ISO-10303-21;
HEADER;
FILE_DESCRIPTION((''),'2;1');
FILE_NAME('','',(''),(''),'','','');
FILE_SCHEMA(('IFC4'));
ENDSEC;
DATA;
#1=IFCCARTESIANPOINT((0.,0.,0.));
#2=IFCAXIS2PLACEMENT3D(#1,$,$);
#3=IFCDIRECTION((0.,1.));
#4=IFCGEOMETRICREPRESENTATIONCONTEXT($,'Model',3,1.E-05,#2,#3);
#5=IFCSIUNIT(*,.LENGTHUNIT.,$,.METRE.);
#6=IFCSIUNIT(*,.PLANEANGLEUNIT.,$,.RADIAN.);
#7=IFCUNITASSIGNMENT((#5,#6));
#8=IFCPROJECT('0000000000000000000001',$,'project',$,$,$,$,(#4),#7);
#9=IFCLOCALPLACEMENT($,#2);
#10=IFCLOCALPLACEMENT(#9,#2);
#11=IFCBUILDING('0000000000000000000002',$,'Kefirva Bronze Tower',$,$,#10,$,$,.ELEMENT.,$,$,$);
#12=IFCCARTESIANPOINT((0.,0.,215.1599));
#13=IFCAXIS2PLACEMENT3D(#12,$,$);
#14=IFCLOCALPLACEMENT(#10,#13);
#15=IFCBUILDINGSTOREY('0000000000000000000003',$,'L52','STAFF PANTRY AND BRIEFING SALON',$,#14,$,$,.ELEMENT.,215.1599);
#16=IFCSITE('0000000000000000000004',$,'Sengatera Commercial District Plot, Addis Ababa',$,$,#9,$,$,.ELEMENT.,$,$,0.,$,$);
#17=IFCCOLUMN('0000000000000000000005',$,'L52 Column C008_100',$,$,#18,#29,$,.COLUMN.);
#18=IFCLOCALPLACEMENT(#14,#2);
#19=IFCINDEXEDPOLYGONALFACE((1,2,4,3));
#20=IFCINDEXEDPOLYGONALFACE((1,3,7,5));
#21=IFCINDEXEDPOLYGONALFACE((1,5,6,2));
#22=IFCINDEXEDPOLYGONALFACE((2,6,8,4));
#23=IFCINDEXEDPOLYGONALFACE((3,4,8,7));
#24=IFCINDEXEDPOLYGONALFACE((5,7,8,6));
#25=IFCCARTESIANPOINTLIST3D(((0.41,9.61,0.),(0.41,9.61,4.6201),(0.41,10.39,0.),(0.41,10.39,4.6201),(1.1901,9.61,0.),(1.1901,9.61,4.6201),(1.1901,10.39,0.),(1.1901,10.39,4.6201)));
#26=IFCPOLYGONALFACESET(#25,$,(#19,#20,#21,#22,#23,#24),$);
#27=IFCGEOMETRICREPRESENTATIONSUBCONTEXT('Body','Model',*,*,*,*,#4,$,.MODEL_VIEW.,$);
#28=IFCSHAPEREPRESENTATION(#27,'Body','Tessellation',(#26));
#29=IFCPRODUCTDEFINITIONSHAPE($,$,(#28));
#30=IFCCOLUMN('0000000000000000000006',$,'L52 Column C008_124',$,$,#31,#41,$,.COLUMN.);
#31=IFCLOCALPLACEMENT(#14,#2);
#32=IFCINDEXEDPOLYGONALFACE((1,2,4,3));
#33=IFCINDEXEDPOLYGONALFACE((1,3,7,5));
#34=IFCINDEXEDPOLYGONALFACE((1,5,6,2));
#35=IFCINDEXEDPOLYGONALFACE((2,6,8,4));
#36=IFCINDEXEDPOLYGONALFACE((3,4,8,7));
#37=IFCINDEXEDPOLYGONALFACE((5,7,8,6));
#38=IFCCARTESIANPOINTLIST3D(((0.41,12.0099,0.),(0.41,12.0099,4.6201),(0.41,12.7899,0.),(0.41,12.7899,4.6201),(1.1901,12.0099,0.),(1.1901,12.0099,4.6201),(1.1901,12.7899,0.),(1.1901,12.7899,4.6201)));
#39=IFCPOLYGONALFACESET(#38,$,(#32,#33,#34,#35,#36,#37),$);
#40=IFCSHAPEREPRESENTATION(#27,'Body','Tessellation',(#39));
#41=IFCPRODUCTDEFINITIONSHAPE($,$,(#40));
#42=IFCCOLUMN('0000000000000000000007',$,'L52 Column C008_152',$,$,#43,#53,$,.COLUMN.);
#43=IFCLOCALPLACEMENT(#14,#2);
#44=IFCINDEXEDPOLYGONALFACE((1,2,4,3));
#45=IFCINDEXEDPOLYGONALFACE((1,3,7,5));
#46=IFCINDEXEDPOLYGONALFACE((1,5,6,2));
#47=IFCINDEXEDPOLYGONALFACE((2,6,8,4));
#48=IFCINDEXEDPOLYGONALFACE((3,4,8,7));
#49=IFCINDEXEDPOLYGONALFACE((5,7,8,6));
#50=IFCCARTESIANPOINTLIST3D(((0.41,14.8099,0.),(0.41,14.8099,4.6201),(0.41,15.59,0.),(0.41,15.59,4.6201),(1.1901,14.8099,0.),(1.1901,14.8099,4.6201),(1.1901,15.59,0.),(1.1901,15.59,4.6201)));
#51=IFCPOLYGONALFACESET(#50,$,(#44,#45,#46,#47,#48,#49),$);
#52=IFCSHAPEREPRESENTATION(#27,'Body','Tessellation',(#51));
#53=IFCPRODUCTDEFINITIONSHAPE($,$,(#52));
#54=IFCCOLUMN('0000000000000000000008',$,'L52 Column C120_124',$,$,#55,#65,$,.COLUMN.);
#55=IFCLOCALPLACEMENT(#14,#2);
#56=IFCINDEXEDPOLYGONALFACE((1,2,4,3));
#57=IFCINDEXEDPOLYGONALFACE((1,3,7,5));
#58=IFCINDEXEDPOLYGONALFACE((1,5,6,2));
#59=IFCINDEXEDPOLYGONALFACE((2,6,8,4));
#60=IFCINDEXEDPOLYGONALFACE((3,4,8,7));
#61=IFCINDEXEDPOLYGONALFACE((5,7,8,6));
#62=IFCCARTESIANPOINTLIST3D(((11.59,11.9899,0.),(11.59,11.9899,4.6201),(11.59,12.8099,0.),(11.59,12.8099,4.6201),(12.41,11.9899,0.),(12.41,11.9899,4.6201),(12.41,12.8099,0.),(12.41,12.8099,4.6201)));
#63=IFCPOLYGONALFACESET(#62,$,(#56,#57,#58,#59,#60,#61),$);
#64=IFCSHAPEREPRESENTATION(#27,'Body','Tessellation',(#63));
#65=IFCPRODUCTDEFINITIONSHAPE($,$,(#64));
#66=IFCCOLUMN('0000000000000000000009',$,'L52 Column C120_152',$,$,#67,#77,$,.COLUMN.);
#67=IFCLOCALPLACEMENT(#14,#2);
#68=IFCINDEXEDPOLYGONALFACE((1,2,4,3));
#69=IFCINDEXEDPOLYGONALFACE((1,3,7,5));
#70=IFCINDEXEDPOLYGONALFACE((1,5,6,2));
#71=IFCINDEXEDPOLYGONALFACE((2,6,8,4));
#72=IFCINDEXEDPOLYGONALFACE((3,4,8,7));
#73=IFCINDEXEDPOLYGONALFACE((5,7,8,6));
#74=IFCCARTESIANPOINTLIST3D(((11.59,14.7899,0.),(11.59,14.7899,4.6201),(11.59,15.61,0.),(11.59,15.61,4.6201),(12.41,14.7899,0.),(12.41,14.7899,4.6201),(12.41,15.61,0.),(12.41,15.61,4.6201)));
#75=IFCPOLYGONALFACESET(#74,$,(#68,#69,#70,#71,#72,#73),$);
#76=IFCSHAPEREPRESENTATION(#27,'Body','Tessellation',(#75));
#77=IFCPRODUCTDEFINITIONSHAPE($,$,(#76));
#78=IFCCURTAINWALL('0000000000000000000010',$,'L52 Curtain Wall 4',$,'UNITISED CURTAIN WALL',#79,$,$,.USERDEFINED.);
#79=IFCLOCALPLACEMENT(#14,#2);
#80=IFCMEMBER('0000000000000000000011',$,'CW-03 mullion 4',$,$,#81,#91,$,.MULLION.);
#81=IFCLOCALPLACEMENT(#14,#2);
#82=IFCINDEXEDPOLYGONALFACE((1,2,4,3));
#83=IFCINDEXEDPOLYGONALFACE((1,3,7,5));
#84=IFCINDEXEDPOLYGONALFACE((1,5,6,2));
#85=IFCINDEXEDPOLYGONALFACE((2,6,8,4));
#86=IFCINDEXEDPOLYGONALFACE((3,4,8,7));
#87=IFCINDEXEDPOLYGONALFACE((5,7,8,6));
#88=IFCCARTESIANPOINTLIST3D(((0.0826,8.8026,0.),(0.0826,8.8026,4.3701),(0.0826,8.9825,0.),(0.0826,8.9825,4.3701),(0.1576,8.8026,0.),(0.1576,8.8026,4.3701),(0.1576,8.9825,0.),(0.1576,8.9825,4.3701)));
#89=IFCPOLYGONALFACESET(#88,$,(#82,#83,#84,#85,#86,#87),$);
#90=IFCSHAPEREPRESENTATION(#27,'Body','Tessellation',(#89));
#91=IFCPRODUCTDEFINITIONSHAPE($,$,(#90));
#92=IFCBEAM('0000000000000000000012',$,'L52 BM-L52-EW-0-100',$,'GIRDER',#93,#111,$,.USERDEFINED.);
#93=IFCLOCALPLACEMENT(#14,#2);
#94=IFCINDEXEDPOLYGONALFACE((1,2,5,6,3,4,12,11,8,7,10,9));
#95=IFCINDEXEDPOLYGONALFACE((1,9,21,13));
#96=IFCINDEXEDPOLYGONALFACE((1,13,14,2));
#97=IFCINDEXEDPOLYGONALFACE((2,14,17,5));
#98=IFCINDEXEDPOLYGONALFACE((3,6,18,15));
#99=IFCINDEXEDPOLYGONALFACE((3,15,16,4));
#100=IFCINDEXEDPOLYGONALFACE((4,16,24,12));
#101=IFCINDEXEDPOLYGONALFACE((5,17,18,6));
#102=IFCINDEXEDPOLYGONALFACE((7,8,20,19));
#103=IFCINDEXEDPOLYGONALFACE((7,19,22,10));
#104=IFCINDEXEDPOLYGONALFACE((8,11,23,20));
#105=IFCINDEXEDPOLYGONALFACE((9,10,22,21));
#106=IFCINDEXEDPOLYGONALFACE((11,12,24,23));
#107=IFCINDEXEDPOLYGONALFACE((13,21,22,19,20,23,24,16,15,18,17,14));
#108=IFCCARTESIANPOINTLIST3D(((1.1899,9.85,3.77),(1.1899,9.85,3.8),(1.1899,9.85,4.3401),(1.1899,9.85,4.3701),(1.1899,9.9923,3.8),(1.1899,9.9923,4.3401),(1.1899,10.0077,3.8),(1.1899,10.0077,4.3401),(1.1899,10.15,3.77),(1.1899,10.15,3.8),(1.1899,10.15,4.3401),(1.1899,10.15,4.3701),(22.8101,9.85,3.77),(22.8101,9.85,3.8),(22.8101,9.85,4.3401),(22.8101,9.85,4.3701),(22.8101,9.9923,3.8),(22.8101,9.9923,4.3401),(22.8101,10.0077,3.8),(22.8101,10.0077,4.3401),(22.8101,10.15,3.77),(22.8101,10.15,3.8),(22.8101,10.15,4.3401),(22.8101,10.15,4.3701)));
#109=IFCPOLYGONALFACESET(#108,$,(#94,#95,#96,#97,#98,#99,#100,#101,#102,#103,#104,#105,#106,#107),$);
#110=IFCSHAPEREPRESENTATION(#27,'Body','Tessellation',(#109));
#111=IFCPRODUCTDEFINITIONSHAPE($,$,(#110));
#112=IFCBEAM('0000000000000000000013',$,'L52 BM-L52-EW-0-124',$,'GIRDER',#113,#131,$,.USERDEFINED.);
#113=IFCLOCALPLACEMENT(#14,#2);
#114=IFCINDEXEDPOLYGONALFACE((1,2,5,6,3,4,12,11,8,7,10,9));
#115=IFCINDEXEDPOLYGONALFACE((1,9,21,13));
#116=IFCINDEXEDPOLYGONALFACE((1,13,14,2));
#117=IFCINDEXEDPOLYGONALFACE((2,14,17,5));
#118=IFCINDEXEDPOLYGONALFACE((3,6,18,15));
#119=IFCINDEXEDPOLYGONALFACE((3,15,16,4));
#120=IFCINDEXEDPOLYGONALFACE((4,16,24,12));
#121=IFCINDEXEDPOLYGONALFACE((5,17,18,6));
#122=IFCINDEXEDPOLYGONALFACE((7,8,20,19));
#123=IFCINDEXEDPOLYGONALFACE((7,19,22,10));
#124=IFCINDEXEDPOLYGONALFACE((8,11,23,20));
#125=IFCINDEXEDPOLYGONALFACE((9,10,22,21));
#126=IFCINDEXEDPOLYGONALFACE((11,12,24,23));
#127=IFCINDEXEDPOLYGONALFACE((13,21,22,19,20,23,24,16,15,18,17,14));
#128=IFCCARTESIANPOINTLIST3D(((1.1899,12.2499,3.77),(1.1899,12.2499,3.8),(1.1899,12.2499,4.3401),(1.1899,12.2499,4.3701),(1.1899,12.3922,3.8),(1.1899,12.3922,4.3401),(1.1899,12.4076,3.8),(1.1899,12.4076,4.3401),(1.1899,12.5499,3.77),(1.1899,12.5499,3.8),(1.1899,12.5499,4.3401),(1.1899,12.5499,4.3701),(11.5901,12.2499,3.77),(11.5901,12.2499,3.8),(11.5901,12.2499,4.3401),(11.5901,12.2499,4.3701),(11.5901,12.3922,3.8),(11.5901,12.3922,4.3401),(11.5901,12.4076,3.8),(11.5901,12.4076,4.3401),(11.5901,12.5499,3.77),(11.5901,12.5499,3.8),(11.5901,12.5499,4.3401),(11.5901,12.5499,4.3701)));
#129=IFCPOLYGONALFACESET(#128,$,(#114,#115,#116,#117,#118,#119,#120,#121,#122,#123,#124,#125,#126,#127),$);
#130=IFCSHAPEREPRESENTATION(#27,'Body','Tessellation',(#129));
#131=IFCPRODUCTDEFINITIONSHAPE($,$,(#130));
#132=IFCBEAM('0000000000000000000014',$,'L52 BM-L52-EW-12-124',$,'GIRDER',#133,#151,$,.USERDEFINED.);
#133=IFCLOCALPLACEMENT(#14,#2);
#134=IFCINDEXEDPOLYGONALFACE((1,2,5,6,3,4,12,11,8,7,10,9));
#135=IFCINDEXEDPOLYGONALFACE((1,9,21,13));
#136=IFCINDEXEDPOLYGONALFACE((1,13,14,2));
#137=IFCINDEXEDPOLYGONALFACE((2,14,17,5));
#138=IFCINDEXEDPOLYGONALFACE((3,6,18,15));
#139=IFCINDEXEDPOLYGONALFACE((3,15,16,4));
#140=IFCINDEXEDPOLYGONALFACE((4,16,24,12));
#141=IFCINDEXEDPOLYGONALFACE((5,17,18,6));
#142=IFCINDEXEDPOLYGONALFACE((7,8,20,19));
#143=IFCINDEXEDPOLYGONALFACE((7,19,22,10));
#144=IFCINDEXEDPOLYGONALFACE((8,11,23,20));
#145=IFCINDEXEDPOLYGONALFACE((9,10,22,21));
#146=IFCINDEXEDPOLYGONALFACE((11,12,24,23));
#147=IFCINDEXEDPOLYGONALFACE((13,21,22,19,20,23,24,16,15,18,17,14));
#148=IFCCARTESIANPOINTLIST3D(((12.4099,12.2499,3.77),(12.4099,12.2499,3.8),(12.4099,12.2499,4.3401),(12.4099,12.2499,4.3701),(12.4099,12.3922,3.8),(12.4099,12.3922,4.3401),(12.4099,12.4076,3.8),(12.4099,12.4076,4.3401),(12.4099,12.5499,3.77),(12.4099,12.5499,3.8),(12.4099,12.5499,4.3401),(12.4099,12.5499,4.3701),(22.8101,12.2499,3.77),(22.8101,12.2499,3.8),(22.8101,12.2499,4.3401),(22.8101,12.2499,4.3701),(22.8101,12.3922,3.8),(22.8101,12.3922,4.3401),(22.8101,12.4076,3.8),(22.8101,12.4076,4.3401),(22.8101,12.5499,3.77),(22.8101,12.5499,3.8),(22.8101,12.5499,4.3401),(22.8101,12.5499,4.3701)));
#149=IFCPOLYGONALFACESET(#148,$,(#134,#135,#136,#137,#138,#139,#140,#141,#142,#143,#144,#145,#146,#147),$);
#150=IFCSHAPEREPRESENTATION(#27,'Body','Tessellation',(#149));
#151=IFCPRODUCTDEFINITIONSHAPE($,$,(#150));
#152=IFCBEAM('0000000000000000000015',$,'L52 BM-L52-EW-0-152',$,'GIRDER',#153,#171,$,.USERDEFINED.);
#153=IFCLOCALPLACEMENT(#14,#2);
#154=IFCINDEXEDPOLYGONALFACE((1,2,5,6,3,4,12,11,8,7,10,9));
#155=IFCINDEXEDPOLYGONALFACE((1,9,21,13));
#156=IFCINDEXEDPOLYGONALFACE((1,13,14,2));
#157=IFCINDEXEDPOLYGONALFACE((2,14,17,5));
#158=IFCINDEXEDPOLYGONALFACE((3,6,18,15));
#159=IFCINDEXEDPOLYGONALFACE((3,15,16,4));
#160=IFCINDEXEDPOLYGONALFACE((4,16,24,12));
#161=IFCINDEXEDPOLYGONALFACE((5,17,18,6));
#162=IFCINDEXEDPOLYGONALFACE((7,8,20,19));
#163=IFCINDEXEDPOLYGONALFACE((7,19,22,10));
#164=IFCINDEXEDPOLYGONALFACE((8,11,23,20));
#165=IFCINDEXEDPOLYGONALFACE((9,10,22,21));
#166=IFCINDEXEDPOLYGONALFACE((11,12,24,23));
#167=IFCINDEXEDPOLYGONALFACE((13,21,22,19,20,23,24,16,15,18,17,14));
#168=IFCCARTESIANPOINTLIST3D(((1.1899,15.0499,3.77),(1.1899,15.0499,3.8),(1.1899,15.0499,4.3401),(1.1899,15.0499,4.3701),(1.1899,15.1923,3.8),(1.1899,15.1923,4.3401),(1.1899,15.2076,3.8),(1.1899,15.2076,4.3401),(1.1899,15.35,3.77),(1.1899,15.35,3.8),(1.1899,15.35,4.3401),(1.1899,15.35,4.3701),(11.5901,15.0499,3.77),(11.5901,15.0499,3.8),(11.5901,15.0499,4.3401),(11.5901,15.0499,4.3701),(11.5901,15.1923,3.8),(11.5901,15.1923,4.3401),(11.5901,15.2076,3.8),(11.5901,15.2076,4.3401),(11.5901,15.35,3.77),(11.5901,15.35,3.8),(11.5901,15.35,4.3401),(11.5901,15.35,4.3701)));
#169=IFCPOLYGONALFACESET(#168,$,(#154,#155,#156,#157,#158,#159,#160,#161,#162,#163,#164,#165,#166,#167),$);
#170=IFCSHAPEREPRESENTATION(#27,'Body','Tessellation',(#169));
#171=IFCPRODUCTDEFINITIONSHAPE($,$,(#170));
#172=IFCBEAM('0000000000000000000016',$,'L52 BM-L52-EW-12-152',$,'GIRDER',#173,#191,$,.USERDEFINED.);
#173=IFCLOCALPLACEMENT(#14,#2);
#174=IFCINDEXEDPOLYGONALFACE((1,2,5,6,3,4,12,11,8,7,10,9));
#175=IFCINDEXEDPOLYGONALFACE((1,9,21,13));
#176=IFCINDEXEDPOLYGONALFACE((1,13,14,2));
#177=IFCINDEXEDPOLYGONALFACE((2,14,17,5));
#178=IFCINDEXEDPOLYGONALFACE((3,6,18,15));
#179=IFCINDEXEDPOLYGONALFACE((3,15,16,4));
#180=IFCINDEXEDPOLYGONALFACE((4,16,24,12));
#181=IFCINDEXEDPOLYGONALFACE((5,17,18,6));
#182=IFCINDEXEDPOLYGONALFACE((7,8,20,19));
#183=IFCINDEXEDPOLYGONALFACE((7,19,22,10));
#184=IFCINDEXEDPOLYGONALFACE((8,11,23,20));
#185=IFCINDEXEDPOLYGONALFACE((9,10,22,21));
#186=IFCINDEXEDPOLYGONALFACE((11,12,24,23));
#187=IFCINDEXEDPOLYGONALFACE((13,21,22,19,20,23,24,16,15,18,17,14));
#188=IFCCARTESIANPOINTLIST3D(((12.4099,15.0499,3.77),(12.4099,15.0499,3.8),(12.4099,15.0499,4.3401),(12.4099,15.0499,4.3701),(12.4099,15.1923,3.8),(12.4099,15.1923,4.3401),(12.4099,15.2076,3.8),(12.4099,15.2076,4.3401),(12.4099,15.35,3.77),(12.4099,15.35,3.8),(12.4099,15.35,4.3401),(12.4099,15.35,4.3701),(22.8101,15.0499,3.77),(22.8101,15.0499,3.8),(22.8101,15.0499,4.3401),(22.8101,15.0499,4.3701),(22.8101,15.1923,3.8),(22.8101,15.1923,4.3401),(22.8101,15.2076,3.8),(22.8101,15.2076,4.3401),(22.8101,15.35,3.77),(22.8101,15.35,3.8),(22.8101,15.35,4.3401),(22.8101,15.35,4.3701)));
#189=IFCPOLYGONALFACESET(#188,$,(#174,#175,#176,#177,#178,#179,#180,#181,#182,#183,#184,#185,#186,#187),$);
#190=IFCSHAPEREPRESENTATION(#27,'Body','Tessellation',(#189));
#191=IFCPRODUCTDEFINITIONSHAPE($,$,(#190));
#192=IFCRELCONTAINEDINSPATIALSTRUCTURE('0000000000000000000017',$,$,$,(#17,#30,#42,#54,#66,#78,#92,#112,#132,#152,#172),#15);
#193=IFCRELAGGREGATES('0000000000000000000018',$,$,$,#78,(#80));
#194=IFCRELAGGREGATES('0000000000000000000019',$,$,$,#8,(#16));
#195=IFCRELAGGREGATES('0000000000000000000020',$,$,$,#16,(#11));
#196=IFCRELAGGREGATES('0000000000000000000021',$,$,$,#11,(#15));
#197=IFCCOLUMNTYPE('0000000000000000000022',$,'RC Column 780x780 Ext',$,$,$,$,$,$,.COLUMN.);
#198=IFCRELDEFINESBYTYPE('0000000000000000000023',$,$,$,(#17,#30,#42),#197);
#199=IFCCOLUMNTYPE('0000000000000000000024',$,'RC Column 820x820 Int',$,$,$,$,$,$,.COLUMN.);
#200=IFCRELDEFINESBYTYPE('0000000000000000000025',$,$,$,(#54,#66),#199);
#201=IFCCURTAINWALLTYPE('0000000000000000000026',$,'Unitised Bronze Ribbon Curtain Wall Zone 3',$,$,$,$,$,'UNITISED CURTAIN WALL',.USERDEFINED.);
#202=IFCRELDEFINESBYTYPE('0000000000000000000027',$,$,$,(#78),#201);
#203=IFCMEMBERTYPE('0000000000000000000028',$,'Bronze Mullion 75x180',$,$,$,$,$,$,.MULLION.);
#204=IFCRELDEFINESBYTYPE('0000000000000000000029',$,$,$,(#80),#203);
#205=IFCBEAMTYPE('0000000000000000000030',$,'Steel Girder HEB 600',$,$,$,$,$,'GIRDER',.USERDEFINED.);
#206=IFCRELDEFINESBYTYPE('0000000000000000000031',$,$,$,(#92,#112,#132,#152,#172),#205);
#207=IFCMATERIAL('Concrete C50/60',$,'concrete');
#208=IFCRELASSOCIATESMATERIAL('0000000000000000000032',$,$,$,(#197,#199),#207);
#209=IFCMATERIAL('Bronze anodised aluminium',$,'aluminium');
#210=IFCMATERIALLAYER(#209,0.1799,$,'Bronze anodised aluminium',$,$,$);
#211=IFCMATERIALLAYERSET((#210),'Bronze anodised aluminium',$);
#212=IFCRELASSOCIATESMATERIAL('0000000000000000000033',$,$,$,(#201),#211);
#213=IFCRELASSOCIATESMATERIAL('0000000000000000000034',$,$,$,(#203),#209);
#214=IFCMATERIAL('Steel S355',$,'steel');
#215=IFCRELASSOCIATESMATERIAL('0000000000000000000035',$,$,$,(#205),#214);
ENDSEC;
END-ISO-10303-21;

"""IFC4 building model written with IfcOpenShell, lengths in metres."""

from ifc_helpers import new_model, si_unit, direction, frame, origin, origin_2d, place, context, subcontext, project, spatial, rectangle, i_section, extrude, material, layer, layer_set, material_profile, profile_set, type_object, element, aggregate, save


model = new_model("IFC4")

# Units and contexts
model_context = context("Model", 3, precision=1e-05, world=origin(), true_north=direction((0.0, 1.0)))
body_context = subcontext(model_context, "Body", "Model", "MODEL_VIEW")
ifc_project = project(units=[si_unit("LENGTHUNIT", "METRE"), si_unit("PLANEANGLEUNIT", "RADIAN")], contexts=[model_context])

# Site, building, storey
site_placement = place(None, origin())
site = spatial("IfcSite", under=ifc_project, at=site_placement, Name="Sengatera Commercial District Plot, Addis Ababa", CompositionType="ELEMENT", RefElevation=0.0)
building_placement = place(site_placement, origin())
building = spatial("IfcBuilding", under=site, at=building_placement, Name="Kefirva Bronze Tower", CompositionType="ELEMENT")
storey_placement = place(building_placement, frame((0.0, 0.0, 215.1599)))
storey = spatial("IfcBuildingStorey", under=building, at=storey_placement, Name="L52", Description="STAFF PANTRY AND BRIEFING SALON", CompositionType="ELEMENT", Elevation=215.1599)

# Columns
ifc_material_1 = material(Name="Concrete C50/60", Category="concrete")
ifc_material_profile_1 = material_profile(ifc_material_1, rectangle(XDim=0.78, YDim=0.78, at=origin_2d()), Name="RC 780x780")
ifc_profile_set_1 = profile_set([ifc_material_profile_1], Name="Concrete C50/60")
column_type_1 = type_object("IfcColumnType", Name="RC Column 780x780 Ext", PredefinedType="COLUMN", material=ifc_profile_set_1)
for number, where, z_axis, x_axis, name in (
    (1, (0.8, 10.0, 0.0), (0.0, 0.0, 1.0), (1.0, 0.0, 0.0), "L52 Column C008_100"),
    (2, (0.8, 12.3999, 0.0), (0.0, 0.0, 1.0), (1.0, 0.0, 0.0), "L52 Column C008_124"),
    (3, (0.8, 15.2, 0.0), (0.0, 0.0, 1.0), (1.0, 0.0, 0.0), "L52 Column C008_152"),
):
    element("IfcColumn", number, at=place(storey_placement, frame(where, z_axis=z_axis, x_axis=x_axis)), inside=storey, type_object=column_type_1, Name=name, PredefinedType="COLUMN", context=body_context, shape_type="SweptSolid", body=[
        extrude(rectangle(XDim=0.78, YDim=0.78, at=origin_2d()), origin(), (0.0, 0.0, 1.0), 4.6201),
    ])
ifc_material_profile_2 = material_profile(ifc_material_1, rectangle(XDim=0.8201, YDim=0.8201, at=origin_2d()), Name="RC 820x820")
ifc_profile_set_2 = profile_set([ifc_material_profile_2], Name="Concrete C50/60")
column_type_2 = type_object("IfcColumnType", Name="RC Column 820x820 Int", PredefinedType="COLUMN", material=ifc_profile_set_2)
for number, where, z_axis, x_axis, name in (
    (4, (12.0, 12.3999, 0.0), (0.0, 0.0, 1.0), (1.0, 0.0, 0.0), "L52 Column C120_124"),
    (5, (12.0, 15.2, 0.0), (0.0, 0.0, 1.0), (1.0, 0.0, 0.0), "L52 Column C120_152"),
):
    element("IfcColumn", number, at=place(storey_placement, frame(where, z_axis=z_axis, x_axis=x_axis)), inside=storey, type_object=column_type_2, Name=name, PredefinedType="COLUMN", context=body_context, shape_type="SweptSolid", body=[
        extrude(rectangle(XDim=0.8201, YDim=0.8201, at=origin_2d()), origin(), (0.0, 0.0, 1.0), 4.6201),
    ])

# Curtain wall, member
ifc_material_2 = material(Name="Bronze anodised aluminium", Category="aluminium")
ifc_layer_1 = layer(ifc_material_2, 0.1799, Name="Bronze anodised aluminium")
ifc_layer_set_1 = layer_set([ifc_layer_1], Name="Bronze anodised aluminium")
curtain_wall_type = type_object("IfcCurtainWallType", Name="Unitised Bronze Ribbon Curtain Wall Zone 3", ElementType="UNITISED CURTAIN WALL", PredefinedType="USERDEFINED", material=ifc_layer_set_1)
curtain_wall_placement = place(storey_placement, origin())
curtain_wall = element("IfcCurtainWall", 6, at=curtain_wall_placement, inside=storey, type_object=curtain_wall_type, Name="L52 Curtain Wall 4", ObjectType="UNITISED CURTAIN WALL", PredefinedType="USERDEFINED")
ifc_material_profile_3 = material_profile(ifc_material_2, rectangle(XDim=0.075, YDim=0.1799, at=origin_2d()), Name="ALU 75x180")
ifc_profile_set_3 = profile_set([ifc_material_profile_3], Name="Bronze anodised aluminium")
member_type = type_object("IfcMemberType", Name="Bronze Mullion 75x180", PredefinedType="MULLION", material=ifc_profile_set_3)
member_placement = place(storey_placement, frame((0.1201, 8.8926, 0.0), z_axis=(0.0, 0.0, 1.0), x_axis=(1.0, 0.0, 0.0)))
member = element("IfcMember", 7, at=member_placement, type_object=member_type, Name="CW-03 mullion 4", PredefinedType="MULLION", context=body_context, shape_type="SweptSolid", body=[
    extrude(rectangle(XDim=0.075, YDim=0.1799, at=origin_2d()), origin(), (0.0, 0.0, 1.0), 4.3701),
])

# Beams
ifc_material_3 = material(Name="Steel S355", Category="steel")
ifc_material_profile_4 = material_profile(ifc_material_3, i_section(OverallWidth=0.3, OverallDepth=0.6001, WebThickness=0.0154, FlangeThickness=0.03, at=origin_2d()), Name="HEB 600")
ifc_profile_set_4 = profile_set([ifc_material_profile_4], Name="Steel S355")
beam_type_1 = type_object("IfcBeamType", Name="Steel Girder HEB 600", ElementType="GIRDER", PredefinedType="USERDEFINED", material=ifc_profile_set_4)
beam_1_placement = place(storey_placement, frame((1.1899, 10.0, 4.0701), z_axis=(1.0, 0.0, 0.0), x_axis=(0.0, 1.0, 0.0)))
element("IfcBeam", 8, at=beam_1_placement, inside=storey, type_object=beam_type_1, Name="L52 BM-L52-EW-0-100", ObjectType="GIRDER", PredefinedType="USERDEFINED", context=body_context, shape_type="SweptSolid", body=[
    extrude(i_section(OverallWidth=0.3, OverallDepth=0.6001, WebThickness=0.0154, FlangeThickness=0.03, at=origin_2d()), origin(), (0.0, 0.0, 1.0), 21.6201),
])
for number, where, z_axis, x_axis, name in (
    (9, (1.1899, 12.3999, 4.0701), (1.0, 0.0, 0.0), (0.0, 1.0, 0.0), "L52 BM-L52-EW-0-124"),
    (10, (12.4099, 12.3999, 4.0701), (1.0, 0.0, 0.0), (0.0, 1.0, 0.0), "L52 BM-L52-EW-12-124"),
    (11, (1.1899, 15.2, 4.0701), (1.0, 0.0, 0.0), (0.0, 1.0, 0.0), "L52 BM-L52-EW-0-152"),
    (12, (12.4099, 15.2, 4.0701), (1.0, 0.0, 0.0), (0.0, 1.0, 0.0), "L52 BM-L52-EW-12-152"),
):
    element("IfcBeam", number, at=place(storey_placement, frame(where, z_axis=z_axis, x_axis=x_axis)), inside=storey, type_object=beam_type_1, Name=name, ObjectType="GIRDER", PredefinedType="USERDEFINED", context=body_context, shape_type="SweptSolid", body=[
        extrude(i_section(OverallWidth=0.3, OverallDepth=0.6001, WebThickness=0.0154, FlangeThickness=0.03, at=origin_2d()), origin(), (0.0, 0.0, 1.0), 10.4001),
    ])

aggregate(curtain_wall, [member])

save(model, "model.ifc")
